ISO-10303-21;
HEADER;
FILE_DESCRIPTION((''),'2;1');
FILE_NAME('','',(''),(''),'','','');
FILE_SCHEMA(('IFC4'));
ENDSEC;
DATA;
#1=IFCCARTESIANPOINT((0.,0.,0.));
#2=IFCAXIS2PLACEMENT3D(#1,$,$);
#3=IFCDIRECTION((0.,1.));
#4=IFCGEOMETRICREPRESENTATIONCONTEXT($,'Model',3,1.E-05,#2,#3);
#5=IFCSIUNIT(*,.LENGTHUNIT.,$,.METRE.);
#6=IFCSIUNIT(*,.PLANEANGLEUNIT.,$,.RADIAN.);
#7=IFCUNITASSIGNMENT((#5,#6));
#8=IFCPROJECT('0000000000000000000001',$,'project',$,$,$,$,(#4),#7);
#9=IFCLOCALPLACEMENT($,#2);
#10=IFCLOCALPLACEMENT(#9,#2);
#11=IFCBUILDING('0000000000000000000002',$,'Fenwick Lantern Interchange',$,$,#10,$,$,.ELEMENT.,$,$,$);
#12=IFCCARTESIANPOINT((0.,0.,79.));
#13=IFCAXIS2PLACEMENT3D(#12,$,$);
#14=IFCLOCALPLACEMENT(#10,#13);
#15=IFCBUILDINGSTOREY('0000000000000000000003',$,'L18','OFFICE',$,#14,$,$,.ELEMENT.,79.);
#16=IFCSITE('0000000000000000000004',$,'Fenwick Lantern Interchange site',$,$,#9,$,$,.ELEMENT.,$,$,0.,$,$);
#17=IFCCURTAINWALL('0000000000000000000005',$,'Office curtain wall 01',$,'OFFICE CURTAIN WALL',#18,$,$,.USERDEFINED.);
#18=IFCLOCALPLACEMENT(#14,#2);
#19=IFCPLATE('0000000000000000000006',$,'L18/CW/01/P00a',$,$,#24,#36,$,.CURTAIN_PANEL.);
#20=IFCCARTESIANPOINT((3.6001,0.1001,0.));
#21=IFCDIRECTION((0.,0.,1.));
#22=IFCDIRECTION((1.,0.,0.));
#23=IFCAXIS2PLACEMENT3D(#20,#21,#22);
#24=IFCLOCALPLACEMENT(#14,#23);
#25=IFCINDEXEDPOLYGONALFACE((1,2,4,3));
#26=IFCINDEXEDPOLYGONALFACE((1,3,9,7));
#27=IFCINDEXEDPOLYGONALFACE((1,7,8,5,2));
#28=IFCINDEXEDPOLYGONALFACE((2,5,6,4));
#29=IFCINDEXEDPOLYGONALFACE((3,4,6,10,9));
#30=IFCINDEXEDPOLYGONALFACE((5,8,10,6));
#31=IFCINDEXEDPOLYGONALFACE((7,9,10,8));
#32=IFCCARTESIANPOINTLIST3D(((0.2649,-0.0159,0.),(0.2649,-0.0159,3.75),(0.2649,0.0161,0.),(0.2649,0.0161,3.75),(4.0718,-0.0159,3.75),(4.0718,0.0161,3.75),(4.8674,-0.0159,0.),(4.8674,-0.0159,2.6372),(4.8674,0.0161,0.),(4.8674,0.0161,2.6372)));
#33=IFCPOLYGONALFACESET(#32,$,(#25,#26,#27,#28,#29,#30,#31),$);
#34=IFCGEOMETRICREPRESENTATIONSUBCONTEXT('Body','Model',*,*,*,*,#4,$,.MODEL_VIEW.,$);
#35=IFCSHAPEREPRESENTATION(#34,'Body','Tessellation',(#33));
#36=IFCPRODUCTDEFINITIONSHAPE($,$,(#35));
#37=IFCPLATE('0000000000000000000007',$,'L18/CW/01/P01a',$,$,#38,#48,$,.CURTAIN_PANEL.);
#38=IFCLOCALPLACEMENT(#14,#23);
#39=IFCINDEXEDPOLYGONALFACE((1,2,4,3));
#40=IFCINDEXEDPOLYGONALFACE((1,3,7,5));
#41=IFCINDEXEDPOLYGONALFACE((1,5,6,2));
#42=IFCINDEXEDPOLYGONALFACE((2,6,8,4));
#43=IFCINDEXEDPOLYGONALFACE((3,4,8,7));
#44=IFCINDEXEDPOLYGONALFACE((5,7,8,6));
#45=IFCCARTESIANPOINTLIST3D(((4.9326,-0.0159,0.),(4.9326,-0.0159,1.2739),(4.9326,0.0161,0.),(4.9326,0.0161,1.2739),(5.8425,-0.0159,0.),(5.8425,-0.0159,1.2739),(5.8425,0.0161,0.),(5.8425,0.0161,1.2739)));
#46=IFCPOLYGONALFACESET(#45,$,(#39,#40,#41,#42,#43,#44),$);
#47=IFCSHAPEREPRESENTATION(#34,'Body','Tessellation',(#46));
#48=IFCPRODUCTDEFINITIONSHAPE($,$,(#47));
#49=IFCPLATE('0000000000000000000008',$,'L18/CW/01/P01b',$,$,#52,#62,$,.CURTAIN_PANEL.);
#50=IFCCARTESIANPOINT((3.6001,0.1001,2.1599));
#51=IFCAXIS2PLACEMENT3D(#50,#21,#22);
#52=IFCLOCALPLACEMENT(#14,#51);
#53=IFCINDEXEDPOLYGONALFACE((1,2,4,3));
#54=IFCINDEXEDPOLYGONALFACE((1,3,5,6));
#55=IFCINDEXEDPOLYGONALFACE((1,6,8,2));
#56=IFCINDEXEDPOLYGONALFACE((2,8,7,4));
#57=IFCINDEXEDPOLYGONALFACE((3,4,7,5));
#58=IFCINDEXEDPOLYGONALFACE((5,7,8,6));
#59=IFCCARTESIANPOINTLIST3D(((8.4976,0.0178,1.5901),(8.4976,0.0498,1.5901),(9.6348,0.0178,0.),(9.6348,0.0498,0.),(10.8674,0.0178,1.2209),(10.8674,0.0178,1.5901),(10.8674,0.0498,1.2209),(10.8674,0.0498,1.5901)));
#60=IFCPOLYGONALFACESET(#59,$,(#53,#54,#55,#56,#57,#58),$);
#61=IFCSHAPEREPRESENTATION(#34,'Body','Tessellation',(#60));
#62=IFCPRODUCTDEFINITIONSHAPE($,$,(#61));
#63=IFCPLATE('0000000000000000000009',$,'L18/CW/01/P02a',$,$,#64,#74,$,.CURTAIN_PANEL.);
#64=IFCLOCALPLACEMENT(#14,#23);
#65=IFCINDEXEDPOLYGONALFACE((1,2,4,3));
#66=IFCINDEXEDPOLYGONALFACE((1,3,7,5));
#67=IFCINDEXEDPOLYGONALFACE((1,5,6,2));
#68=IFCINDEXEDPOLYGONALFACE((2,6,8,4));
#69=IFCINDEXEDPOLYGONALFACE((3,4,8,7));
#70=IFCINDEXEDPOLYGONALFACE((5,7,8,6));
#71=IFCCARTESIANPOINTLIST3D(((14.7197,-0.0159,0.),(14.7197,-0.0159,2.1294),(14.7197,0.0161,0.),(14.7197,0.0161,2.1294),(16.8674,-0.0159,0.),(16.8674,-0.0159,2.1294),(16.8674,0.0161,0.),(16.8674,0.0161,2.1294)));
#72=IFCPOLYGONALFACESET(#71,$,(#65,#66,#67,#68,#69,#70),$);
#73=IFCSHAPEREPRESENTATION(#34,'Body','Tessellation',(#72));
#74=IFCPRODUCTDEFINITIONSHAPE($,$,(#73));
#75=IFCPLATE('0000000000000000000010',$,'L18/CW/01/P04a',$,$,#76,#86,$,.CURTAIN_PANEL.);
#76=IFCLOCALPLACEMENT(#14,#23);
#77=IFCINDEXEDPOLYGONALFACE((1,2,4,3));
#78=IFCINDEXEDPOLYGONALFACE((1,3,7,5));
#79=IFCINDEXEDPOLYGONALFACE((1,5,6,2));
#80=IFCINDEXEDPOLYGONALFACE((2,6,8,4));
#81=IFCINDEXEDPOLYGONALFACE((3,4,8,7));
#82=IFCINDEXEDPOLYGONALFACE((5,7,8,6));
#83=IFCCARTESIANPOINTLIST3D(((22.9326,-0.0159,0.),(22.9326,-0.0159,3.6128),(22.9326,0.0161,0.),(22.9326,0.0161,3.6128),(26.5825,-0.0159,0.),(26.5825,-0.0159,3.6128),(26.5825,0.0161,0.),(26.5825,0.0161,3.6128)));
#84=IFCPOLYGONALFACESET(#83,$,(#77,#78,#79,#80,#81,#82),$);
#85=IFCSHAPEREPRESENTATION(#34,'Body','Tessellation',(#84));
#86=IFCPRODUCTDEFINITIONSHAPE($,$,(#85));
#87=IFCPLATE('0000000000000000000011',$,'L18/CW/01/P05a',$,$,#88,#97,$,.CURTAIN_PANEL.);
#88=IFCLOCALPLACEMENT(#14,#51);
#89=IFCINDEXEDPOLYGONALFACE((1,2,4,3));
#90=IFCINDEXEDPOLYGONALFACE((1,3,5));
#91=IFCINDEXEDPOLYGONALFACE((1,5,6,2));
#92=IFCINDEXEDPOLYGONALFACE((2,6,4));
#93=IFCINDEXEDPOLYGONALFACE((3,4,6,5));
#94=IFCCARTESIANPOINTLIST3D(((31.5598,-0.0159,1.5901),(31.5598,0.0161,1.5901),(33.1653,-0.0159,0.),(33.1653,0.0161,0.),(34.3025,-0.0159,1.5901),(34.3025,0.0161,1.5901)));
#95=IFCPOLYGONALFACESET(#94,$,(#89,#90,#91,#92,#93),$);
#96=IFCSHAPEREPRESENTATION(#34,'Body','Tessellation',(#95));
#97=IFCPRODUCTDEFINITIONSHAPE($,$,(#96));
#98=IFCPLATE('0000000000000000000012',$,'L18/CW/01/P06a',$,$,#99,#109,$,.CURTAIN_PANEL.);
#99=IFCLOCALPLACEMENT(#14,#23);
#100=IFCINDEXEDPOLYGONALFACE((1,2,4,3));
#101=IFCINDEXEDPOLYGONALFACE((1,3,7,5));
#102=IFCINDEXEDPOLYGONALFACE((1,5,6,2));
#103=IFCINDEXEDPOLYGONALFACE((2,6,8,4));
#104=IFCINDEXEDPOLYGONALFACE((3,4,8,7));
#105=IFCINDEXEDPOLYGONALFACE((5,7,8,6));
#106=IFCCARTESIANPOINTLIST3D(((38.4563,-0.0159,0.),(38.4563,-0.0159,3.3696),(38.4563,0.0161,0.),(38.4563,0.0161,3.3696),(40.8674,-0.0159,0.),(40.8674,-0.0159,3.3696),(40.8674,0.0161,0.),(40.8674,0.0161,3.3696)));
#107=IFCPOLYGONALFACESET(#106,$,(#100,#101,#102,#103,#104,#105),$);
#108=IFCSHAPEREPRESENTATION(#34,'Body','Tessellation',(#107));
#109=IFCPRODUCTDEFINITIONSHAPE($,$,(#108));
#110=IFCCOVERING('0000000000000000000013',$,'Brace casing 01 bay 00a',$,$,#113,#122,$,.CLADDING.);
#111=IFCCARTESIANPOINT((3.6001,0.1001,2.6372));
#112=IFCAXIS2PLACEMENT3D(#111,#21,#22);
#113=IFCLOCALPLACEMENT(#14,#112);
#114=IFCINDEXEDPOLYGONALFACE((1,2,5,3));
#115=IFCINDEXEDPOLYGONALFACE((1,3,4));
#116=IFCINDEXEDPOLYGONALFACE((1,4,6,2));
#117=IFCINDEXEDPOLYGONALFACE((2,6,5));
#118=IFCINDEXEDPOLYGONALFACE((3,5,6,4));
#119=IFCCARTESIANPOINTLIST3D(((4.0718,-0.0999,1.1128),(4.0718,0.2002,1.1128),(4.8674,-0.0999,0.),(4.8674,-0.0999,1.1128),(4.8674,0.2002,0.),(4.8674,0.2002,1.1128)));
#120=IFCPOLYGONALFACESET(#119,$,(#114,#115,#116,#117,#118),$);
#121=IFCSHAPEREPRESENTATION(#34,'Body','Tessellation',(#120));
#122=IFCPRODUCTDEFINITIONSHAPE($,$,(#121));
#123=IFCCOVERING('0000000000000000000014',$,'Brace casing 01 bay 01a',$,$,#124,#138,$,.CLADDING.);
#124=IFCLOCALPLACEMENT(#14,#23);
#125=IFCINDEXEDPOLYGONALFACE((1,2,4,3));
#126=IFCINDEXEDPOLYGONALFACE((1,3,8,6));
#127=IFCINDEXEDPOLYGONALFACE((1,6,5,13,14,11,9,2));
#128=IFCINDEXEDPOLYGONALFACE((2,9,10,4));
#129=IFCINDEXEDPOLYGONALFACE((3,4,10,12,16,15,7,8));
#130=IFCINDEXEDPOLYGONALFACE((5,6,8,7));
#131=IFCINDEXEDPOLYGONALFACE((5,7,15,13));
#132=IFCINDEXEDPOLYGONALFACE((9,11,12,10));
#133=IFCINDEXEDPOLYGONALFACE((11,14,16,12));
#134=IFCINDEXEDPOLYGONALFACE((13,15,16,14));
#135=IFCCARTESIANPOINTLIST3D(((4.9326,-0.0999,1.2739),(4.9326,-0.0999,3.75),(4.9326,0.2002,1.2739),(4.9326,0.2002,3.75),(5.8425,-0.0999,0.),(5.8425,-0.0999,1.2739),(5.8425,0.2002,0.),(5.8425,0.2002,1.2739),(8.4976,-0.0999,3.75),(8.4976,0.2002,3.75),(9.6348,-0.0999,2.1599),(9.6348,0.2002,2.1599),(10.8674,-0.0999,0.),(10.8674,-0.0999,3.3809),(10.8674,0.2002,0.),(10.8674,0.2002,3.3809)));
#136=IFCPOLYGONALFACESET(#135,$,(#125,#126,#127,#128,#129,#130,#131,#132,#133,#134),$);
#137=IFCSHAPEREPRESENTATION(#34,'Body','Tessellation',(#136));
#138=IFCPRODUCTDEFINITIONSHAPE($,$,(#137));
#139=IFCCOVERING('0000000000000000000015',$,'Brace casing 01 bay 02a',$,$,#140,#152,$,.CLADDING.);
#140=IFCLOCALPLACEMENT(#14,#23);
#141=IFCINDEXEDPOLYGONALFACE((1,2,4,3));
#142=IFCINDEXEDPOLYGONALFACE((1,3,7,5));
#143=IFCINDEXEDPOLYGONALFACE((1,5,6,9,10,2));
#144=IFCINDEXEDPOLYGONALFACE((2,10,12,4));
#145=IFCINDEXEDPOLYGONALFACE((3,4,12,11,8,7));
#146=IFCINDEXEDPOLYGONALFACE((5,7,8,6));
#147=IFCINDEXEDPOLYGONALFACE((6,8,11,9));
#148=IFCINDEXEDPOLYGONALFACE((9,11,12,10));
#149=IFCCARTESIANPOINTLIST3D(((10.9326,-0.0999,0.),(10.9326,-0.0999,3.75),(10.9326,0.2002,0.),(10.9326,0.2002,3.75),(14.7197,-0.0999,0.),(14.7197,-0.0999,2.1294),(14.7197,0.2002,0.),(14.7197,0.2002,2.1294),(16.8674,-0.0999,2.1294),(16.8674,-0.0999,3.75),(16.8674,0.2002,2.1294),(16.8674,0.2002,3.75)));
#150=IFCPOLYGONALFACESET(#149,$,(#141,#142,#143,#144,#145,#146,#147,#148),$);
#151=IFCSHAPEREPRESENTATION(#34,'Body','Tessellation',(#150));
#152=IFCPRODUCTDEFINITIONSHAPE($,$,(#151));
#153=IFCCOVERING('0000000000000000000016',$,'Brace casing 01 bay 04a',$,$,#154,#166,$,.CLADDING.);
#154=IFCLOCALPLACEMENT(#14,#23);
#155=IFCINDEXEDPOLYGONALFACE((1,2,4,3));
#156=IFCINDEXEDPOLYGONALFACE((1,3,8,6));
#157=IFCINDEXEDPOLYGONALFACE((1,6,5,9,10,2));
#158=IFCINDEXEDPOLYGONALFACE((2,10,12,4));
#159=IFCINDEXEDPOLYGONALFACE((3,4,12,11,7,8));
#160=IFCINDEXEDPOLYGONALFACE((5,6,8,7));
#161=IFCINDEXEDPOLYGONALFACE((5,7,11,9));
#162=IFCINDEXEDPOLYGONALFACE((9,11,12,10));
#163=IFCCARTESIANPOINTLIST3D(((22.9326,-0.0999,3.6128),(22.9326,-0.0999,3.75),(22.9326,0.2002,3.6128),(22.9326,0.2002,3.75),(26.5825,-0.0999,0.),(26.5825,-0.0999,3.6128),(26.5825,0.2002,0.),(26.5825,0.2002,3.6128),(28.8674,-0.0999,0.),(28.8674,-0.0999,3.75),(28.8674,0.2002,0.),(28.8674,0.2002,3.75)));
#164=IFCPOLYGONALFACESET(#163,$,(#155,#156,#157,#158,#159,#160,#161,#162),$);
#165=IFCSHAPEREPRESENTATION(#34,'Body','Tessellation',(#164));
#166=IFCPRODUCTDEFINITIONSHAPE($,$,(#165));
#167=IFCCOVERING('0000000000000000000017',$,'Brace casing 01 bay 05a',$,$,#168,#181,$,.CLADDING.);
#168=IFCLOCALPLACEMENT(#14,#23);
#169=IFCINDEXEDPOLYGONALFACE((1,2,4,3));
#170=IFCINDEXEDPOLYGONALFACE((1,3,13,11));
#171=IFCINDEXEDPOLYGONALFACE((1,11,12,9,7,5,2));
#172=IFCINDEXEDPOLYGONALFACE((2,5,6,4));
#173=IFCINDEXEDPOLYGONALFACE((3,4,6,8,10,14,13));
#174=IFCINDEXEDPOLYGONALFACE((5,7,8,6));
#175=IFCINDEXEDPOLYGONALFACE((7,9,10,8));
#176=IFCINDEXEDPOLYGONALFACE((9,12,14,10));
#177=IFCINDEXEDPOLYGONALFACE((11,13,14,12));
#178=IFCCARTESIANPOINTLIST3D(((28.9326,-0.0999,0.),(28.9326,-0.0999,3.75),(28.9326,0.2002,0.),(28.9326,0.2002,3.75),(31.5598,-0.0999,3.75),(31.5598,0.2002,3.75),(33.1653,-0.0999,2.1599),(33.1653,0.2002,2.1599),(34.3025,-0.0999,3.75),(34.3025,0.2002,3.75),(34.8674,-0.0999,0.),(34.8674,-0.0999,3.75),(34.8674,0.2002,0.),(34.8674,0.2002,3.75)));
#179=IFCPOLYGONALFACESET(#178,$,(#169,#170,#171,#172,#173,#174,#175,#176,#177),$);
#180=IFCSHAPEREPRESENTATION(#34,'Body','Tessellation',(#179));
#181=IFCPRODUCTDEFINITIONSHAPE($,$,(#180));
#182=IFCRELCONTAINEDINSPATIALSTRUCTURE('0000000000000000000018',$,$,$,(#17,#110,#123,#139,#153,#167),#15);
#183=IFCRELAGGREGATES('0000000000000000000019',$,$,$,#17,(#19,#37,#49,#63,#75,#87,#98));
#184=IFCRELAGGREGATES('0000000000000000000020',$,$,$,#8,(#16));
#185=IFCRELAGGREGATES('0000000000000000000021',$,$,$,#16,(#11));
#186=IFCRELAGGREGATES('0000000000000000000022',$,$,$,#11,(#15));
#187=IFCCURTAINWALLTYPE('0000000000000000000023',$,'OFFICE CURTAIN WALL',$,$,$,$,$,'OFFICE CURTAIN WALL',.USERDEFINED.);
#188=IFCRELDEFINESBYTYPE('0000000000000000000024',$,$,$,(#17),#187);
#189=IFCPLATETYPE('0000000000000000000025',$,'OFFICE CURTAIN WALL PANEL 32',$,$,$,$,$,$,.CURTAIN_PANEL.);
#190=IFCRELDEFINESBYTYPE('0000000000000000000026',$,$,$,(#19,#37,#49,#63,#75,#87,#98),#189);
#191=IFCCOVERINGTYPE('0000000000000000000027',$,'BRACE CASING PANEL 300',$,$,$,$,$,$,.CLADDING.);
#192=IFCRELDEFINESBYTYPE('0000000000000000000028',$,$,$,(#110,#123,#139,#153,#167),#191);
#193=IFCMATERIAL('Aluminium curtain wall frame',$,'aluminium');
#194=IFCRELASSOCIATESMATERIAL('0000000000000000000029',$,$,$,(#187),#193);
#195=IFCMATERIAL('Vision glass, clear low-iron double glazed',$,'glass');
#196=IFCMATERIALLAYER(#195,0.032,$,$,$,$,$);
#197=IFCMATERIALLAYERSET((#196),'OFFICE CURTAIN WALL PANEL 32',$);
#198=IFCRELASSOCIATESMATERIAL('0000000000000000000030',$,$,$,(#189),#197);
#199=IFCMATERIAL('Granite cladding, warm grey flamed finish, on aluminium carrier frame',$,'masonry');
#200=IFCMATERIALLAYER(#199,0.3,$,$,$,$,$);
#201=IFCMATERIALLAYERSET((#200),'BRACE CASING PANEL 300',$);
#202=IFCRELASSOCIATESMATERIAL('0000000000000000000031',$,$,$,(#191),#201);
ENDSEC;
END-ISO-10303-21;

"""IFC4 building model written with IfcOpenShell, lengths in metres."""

from ifc_helpers import new_model, si_unit, direction, frame, origin, place, context, subcontext, project, spatial, polyline, outline, extrude, material, layer, layer_set, type_object, element, aggregate, save


model = new_model("IFC4")

# Units and contexts
model_context = context("Model", 3, precision=1e-05, world=origin(), true_north=direction((0.0, 1.0)))
body_context = subcontext(model_context, "Body", "Model", "MODEL_VIEW")
ifc_project = project(units=[si_unit("LENGTHUNIT", "METRE"), si_unit("PLANEANGLEUNIT", "RADIAN")], contexts=[model_context])

# Site, building, storey
site_placement = place(None, origin())
site = spatial("IfcSite", under=ifc_project, at=site_placement, Name="Fenwick Lantern Interchange site", CompositionType="ELEMENT", RefElevation=0.0)
building_placement = place(site_placement, origin())
building = spatial("IfcBuilding", under=site, at=building_placement, Name="Fenwick Lantern Interchange", CompositionType="ELEMENT")
storey_placement = place(building_placement, frame((0.0, 0.0, 79.0)))
storey = spatial("IfcBuildingStorey", under=building, at=storey_placement, Name="L18", Description="OFFICE", CompositionType="ELEMENT", Elevation=79.0)

# Shared definitions
ifc_material_1 = material(Name="Aluminium curtain wall frame", Category="aluminium")
curtain_wall_type = type_object("IfcCurtainWallType", Name="OFFICE CURTAIN WALL", ElementType="OFFICE CURTAIN WALL", PredefinedType="USERDEFINED", material=ifc_material_1)

# Curtain wall, plates
curtain_wall_1_placement = place(storey_placement, origin())
curtain_wall_1 = element("IfcCurtainWall", 1, at=curtain_wall_1_placement, inside=storey, type_object=curtain_wall_type, Name="Office curtain wall 01", ObjectType="OFFICE CURTAIN WALL", PredefinedType="USERDEFINED")
ifc_material_2 = material(Name="Vision glass, clear low-iron double glazed", Category="glass")
ifc_layer_1 = layer(ifc_material_2, 0.032)
ifc_layer_set_1 = layer_set([ifc_layer_1], Name="OFFICE CURTAIN WALL PANEL 32")
plate_type = type_object("IfcPlateType", Name="OFFICE CURTAIN WALL PANEL 32", PredefinedType="CURTAIN_PANEL", material=ifc_layer_set_1)
plate_1_placement = place(storey_placement, frame((3.6001, 0.1001, 0.0), z_axis=(0.0, 0.0, 1.0), x_axis=(1.0, 0.0, 0.0)))
plate_1 = element("IfcPlate", 2, at=plate_1_placement, type_object=plate_type, Name="L18/CW/01/P00a", PredefinedType="CURTAIN_PANEL", context=body_context, shape_type="SweptSolid", body=[
    extrude(outline(polyline([(0.2649, 0.0), (4.8674, 0.0), (4.8674, 2.6372), (4.0718, 3.75), (0.2649, 3.75), (0.2649, 0.0)])), frame((0.0, 0.0161, 0.0), z_axis=(0.0, -1.0, 0.0), x_axis=(1.0, 0.0, 0.0)), (0.0, 0.0, 1.0), 0.032),
])
plate_2_placement = place(storey_placement, frame((3.6001, 0.1001, 0.0), z_axis=(0.0, 0.0, 1.0), x_axis=(1.0, 0.0, 0.0)))
plate_2 = element("IfcPlate", 3, at=plate_2_placement, type_object=plate_type, Name="L18/CW/01/P01a", PredefinedType="CURTAIN_PANEL", context=body_context, shape_type="SweptSolid", body=[
    extrude(outline(polyline([(4.9326, 0.0), (5.8425, 0.0), (5.8425, 1.2739), (4.9326, 1.2739), (4.9326, 0.0)])), frame((0.0, 0.0161, 0.0), z_axis=(0.0, -1.0, 0.0), x_axis=(1.0, 0.0, 0.0)), (0.0, 0.0, 1.0), 0.032),
])
plate_3_placement = place(storey_placement, frame((3.6001, 0.1001, 2.1599), z_axis=(0.0, 0.0, 1.0), x_axis=(1.0, 0.0, 0.0)))
plate_3 = element("IfcPlate", 4, at=plate_3_placement, type_object=plate_type, Name="L18/CW/01/P01b", PredefinedType="CURTAIN_PANEL", context=body_context, shape_type="SweptSolid", body=[
    extrude(outline(polyline([(9.6348, 0.0), (10.8674, 1.2209), (10.8674, 1.5901), (8.4976, 1.5901), (9.6348, 0.0)])), frame((0.0, 0.0498, 0.0), z_axis=(0.0, -1.0, 0.0), x_axis=(1.0, 0.0, 0.0)), (0.0, 0.0, 1.0), 0.032),
])
plate_4_placement = place(storey_placement, frame((3.6001, 0.1001, 0.0), z_axis=(0.0, 0.0, 1.0), x_axis=(1.0, 0.0, 0.0)))
plate_4 = element("IfcPlate", 5, at=plate_4_placement, type_object=plate_type, Name="L18/CW/01/P02a", PredefinedType="CURTAIN_PANEL", context=body_context, shape_type="SweptSolid", body=[
    extrude(outline(polyline([(14.7197, 0.0), (16.8674, 0.0), (16.8674, 2.1294), (14.7197, 2.1294), (14.7197, 0.0)])), frame((0.0, 0.0161, 0.0), z_axis=(0.0, -1.0, 0.0), x_axis=(1.0, 0.0, 0.0)), (0.0, 0.0, 1.0), 0.032),
])
plate_5_placement = place(storey_placement, frame((3.6001, 0.1001, 0.0), z_axis=(0.0, 0.0, 1.0), x_axis=(1.0, 0.0, 0.0)))
plate_5 = element("IfcPlate", 6, at=plate_5_placement, type_object=plate_type, Name="L18/CW/01/P04a", PredefinedType="CURTAIN_PANEL", context=body_context, shape_type="SweptSolid", body=[
    extrude(outline(polyline([(22.9326, 0.0), (26.5825, 0.0), (26.5825, 3.6128), (22.9326, 3.6128), (22.9326, 0.0)])), frame((0.0, 0.0161, 0.0), z_axis=(0.0, -1.0, 0.0), x_axis=(1.0, 0.0, 0.0)), (0.0, 0.0, 1.0), 0.032),
])
plate_6_placement = place(storey_placement, frame((3.6001, 0.1001, 2.1599), z_axis=(0.0, 0.0, 1.0), x_axis=(1.0, 0.0, 0.0)))
plate_6 = element("IfcPlate", 7, at=plate_6_placement, type_object=plate_type, Name="L18/CW/01/P05a", PredefinedType="CURTAIN_PANEL", context=body_context, shape_type="SweptSolid", body=[
    extrude(outline(polyline([(33.1653, 0.0), (34.3025, 1.5901), (31.5598, 1.5901), (33.1653, 0.0)])), frame((0.0, 0.0161, 0.0), z_axis=(0.0, -1.0, 0.0), x_axis=(1.0, 0.0, 0.0)), (0.0, 0.0, 1.0), 0.032),
])
plate_7_placement = place(storey_placement, frame((3.6001, 0.1001, 0.0), z_axis=(0.0, 0.0, 1.0), x_axis=(1.0, 0.0, 0.0)))
plate_7 = element("IfcPlate", 8, at=plate_7_placement, type_object=plate_type, Name="L18/CW/01/P06a", PredefinedType="CURTAIN_PANEL", context=body_context, shape_type="SweptSolid", body=[
    extrude(outline(polyline([(38.4563, 0.0), (40.8674, 0.0), (40.8674, 3.3696), (38.4563, 3.3696), (38.4563, 0.0)])), frame((0.0, 0.0161, 0.0), z_axis=(0.0, -1.0, 0.0), x_axis=(1.0, 0.0, 0.0)), (0.0, 0.0, 1.0), 0.032),
])
aggregate(curtain_wall_1, [plate_1, plate_2, plate_3, plate_4, plate_5, plate_6, plate_7])

# Coverings
ifc_material_3 = material(Name="Granite cladding, warm grey flamed finish, on aluminium carrier frame", Category="masonry")
ifc_layer_2 = layer(ifc_material_3, 0.3)
ifc_layer_set_2 = layer_set([ifc_layer_2], Name="BRACE CASING PANEL 300")
covering_type = type_object("IfcCoveringType", Name="BRACE CASING PANEL 300", PredefinedType="CLADDING", material=ifc_layer_set_2)
covering_1_placement = place(storey_placement, frame((3.6001, 0.1001, 2.6372), z_axis=(0.0, 0.0, 1.0), x_axis=(1.0, 0.0, 0.0)))
element("IfcCovering", 9, at=covering_1_placement, inside=storey, type_object=covering_type, Name="Brace casing 01 bay 00a", PredefinedType="CLADDING", context=body_context, shape_type="SweptSolid", body=[
    extrude(outline(polyline([(4.8674, 0.0), (4.8674, 1.1128), (4.0718, 1.1128), (4.8674, 0.0)])), frame((0.0, 0.2002, 0.0), z_axis=(0.0, -1.0, 0.0), x_axis=(1.0, 0.0, 0.0)), (0.0, 0.0, 1.0), 0.3),
])
covering_2_placement = place(storey_placement, frame((3.6001, 0.1001, 0.0), z_axis=(0.0, 0.0, 1.0), x_axis=(1.0, 0.0, 0.0)))
element("IfcCovering", 10, at=covering_2_placement, inside=storey, type_object=covering_type, Name="Brace casing 01 bay 01a", PredefinedType="CLADDING", context=body_context, shape_type="SweptSolid", body=[
    extrude(outline(polyline([(5.8425, 0.0), (10.8674, 0.0), (10.8674, 3.3809), (9.6348, 2.1599), (8.4976, 3.75), (4.9326, 3.75), (4.9326, 1.2739), (5.8425, 1.2739), (5.8425, 0.0)])), frame((0.0, 0.2002, 0.0), z_axis=(0.0, -1.0, 0.0), x_axis=(1.0, 0.0, 0.0)), (0.0, 0.0, 1.0), 0.3),
])
covering_3_placement = place(storey_placement, frame((3.6001, 0.1001, 0.0), z_axis=(0.0, 0.0, 1.0), x_axis=(1.0, 0.0, 0.0)))
element("IfcCovering", 11, at=covering_3_placement, inside=storey, type_object=covering_type, Name="Brace casing 01 bay 02a", PredefinedType="CLADDING", context=body_context, shape_type="SweptSolid", body=[
    extrude(outline(polyline([(10.9326, 0.0), (14.7197, 0.0), (14.7197, 2.1294), (16.8674, 2.1294), (16.8674, 3.75), (10.9326, 3.75), (10.9326, 0.0)])), frame((0.0, 0.2002, 0.0), z_axis=(0.0, -1.0, 0.0), x_axis=(1.0, 0.0, 0.0)), (0.0, 0.0, 1.0), 0.3),
])
covering_4_placement = place(storey_placement, frame((3.6001, 0.1001, 0.0), z_axis=(0.0, 0.0, 1.0), x_axis=(1.0, 0.0, 0.0)))
element("IfcCovering", 12, at=covering_4_placement, inside=storey, type_object=covering_type, Name="Brace casing 01 bay 04a", PredefinedType="CLADDING", context=body_context, shape_type="SweptSolid", body=[
    extrude(outline(polyline([(26.5825, 0.0), (28.8674, 0.0), (28.8674, 3.75), (22.9326, 3.75), (22.9326, 3.6128), (26.5825, 3.6128), (26.5825, 0.0)])), frame((0.0, 0.2002, 0.0), z_axis=(0.0, -1.0, 0.0), x_axis=(1.0, 0.0, 0.0)), (0.0, 0.0, 1.0), 0.3),
])
covering_5_placement = place(storey_placement, frame((3.6001, 0.1001, 0.0), z_axis=(0.0, 0.0, 1.0), x_axis=(1.0, 0.0, 0.0)))
element("IfcCovering", 13, at=covering_5_placement, inside=storey, type_object=covering_type, Name="Brace casing 01 bay 05a", PredefinedType="CLADDING", context=body_context, shape_type="SweptSolid", body=[
    extrude(outline(polyline([(28.9326, 0.0), (34.8674, 0.0), (34.8674, 3.75), (34.3025, 3.75), (33.1653, 2.1599), (31.5598, 3.75), (28.9326, 3.75), (28.9326, 0.0)])), frame((0.0, 0.2002, 0.0), z_axis=(0.0, -1.0, 0.0), x_axis=(1.0, 0.0, 0.0)), (0.0, 0.0, 1.0), 0.3),
])

save(model, "model.ifc")
